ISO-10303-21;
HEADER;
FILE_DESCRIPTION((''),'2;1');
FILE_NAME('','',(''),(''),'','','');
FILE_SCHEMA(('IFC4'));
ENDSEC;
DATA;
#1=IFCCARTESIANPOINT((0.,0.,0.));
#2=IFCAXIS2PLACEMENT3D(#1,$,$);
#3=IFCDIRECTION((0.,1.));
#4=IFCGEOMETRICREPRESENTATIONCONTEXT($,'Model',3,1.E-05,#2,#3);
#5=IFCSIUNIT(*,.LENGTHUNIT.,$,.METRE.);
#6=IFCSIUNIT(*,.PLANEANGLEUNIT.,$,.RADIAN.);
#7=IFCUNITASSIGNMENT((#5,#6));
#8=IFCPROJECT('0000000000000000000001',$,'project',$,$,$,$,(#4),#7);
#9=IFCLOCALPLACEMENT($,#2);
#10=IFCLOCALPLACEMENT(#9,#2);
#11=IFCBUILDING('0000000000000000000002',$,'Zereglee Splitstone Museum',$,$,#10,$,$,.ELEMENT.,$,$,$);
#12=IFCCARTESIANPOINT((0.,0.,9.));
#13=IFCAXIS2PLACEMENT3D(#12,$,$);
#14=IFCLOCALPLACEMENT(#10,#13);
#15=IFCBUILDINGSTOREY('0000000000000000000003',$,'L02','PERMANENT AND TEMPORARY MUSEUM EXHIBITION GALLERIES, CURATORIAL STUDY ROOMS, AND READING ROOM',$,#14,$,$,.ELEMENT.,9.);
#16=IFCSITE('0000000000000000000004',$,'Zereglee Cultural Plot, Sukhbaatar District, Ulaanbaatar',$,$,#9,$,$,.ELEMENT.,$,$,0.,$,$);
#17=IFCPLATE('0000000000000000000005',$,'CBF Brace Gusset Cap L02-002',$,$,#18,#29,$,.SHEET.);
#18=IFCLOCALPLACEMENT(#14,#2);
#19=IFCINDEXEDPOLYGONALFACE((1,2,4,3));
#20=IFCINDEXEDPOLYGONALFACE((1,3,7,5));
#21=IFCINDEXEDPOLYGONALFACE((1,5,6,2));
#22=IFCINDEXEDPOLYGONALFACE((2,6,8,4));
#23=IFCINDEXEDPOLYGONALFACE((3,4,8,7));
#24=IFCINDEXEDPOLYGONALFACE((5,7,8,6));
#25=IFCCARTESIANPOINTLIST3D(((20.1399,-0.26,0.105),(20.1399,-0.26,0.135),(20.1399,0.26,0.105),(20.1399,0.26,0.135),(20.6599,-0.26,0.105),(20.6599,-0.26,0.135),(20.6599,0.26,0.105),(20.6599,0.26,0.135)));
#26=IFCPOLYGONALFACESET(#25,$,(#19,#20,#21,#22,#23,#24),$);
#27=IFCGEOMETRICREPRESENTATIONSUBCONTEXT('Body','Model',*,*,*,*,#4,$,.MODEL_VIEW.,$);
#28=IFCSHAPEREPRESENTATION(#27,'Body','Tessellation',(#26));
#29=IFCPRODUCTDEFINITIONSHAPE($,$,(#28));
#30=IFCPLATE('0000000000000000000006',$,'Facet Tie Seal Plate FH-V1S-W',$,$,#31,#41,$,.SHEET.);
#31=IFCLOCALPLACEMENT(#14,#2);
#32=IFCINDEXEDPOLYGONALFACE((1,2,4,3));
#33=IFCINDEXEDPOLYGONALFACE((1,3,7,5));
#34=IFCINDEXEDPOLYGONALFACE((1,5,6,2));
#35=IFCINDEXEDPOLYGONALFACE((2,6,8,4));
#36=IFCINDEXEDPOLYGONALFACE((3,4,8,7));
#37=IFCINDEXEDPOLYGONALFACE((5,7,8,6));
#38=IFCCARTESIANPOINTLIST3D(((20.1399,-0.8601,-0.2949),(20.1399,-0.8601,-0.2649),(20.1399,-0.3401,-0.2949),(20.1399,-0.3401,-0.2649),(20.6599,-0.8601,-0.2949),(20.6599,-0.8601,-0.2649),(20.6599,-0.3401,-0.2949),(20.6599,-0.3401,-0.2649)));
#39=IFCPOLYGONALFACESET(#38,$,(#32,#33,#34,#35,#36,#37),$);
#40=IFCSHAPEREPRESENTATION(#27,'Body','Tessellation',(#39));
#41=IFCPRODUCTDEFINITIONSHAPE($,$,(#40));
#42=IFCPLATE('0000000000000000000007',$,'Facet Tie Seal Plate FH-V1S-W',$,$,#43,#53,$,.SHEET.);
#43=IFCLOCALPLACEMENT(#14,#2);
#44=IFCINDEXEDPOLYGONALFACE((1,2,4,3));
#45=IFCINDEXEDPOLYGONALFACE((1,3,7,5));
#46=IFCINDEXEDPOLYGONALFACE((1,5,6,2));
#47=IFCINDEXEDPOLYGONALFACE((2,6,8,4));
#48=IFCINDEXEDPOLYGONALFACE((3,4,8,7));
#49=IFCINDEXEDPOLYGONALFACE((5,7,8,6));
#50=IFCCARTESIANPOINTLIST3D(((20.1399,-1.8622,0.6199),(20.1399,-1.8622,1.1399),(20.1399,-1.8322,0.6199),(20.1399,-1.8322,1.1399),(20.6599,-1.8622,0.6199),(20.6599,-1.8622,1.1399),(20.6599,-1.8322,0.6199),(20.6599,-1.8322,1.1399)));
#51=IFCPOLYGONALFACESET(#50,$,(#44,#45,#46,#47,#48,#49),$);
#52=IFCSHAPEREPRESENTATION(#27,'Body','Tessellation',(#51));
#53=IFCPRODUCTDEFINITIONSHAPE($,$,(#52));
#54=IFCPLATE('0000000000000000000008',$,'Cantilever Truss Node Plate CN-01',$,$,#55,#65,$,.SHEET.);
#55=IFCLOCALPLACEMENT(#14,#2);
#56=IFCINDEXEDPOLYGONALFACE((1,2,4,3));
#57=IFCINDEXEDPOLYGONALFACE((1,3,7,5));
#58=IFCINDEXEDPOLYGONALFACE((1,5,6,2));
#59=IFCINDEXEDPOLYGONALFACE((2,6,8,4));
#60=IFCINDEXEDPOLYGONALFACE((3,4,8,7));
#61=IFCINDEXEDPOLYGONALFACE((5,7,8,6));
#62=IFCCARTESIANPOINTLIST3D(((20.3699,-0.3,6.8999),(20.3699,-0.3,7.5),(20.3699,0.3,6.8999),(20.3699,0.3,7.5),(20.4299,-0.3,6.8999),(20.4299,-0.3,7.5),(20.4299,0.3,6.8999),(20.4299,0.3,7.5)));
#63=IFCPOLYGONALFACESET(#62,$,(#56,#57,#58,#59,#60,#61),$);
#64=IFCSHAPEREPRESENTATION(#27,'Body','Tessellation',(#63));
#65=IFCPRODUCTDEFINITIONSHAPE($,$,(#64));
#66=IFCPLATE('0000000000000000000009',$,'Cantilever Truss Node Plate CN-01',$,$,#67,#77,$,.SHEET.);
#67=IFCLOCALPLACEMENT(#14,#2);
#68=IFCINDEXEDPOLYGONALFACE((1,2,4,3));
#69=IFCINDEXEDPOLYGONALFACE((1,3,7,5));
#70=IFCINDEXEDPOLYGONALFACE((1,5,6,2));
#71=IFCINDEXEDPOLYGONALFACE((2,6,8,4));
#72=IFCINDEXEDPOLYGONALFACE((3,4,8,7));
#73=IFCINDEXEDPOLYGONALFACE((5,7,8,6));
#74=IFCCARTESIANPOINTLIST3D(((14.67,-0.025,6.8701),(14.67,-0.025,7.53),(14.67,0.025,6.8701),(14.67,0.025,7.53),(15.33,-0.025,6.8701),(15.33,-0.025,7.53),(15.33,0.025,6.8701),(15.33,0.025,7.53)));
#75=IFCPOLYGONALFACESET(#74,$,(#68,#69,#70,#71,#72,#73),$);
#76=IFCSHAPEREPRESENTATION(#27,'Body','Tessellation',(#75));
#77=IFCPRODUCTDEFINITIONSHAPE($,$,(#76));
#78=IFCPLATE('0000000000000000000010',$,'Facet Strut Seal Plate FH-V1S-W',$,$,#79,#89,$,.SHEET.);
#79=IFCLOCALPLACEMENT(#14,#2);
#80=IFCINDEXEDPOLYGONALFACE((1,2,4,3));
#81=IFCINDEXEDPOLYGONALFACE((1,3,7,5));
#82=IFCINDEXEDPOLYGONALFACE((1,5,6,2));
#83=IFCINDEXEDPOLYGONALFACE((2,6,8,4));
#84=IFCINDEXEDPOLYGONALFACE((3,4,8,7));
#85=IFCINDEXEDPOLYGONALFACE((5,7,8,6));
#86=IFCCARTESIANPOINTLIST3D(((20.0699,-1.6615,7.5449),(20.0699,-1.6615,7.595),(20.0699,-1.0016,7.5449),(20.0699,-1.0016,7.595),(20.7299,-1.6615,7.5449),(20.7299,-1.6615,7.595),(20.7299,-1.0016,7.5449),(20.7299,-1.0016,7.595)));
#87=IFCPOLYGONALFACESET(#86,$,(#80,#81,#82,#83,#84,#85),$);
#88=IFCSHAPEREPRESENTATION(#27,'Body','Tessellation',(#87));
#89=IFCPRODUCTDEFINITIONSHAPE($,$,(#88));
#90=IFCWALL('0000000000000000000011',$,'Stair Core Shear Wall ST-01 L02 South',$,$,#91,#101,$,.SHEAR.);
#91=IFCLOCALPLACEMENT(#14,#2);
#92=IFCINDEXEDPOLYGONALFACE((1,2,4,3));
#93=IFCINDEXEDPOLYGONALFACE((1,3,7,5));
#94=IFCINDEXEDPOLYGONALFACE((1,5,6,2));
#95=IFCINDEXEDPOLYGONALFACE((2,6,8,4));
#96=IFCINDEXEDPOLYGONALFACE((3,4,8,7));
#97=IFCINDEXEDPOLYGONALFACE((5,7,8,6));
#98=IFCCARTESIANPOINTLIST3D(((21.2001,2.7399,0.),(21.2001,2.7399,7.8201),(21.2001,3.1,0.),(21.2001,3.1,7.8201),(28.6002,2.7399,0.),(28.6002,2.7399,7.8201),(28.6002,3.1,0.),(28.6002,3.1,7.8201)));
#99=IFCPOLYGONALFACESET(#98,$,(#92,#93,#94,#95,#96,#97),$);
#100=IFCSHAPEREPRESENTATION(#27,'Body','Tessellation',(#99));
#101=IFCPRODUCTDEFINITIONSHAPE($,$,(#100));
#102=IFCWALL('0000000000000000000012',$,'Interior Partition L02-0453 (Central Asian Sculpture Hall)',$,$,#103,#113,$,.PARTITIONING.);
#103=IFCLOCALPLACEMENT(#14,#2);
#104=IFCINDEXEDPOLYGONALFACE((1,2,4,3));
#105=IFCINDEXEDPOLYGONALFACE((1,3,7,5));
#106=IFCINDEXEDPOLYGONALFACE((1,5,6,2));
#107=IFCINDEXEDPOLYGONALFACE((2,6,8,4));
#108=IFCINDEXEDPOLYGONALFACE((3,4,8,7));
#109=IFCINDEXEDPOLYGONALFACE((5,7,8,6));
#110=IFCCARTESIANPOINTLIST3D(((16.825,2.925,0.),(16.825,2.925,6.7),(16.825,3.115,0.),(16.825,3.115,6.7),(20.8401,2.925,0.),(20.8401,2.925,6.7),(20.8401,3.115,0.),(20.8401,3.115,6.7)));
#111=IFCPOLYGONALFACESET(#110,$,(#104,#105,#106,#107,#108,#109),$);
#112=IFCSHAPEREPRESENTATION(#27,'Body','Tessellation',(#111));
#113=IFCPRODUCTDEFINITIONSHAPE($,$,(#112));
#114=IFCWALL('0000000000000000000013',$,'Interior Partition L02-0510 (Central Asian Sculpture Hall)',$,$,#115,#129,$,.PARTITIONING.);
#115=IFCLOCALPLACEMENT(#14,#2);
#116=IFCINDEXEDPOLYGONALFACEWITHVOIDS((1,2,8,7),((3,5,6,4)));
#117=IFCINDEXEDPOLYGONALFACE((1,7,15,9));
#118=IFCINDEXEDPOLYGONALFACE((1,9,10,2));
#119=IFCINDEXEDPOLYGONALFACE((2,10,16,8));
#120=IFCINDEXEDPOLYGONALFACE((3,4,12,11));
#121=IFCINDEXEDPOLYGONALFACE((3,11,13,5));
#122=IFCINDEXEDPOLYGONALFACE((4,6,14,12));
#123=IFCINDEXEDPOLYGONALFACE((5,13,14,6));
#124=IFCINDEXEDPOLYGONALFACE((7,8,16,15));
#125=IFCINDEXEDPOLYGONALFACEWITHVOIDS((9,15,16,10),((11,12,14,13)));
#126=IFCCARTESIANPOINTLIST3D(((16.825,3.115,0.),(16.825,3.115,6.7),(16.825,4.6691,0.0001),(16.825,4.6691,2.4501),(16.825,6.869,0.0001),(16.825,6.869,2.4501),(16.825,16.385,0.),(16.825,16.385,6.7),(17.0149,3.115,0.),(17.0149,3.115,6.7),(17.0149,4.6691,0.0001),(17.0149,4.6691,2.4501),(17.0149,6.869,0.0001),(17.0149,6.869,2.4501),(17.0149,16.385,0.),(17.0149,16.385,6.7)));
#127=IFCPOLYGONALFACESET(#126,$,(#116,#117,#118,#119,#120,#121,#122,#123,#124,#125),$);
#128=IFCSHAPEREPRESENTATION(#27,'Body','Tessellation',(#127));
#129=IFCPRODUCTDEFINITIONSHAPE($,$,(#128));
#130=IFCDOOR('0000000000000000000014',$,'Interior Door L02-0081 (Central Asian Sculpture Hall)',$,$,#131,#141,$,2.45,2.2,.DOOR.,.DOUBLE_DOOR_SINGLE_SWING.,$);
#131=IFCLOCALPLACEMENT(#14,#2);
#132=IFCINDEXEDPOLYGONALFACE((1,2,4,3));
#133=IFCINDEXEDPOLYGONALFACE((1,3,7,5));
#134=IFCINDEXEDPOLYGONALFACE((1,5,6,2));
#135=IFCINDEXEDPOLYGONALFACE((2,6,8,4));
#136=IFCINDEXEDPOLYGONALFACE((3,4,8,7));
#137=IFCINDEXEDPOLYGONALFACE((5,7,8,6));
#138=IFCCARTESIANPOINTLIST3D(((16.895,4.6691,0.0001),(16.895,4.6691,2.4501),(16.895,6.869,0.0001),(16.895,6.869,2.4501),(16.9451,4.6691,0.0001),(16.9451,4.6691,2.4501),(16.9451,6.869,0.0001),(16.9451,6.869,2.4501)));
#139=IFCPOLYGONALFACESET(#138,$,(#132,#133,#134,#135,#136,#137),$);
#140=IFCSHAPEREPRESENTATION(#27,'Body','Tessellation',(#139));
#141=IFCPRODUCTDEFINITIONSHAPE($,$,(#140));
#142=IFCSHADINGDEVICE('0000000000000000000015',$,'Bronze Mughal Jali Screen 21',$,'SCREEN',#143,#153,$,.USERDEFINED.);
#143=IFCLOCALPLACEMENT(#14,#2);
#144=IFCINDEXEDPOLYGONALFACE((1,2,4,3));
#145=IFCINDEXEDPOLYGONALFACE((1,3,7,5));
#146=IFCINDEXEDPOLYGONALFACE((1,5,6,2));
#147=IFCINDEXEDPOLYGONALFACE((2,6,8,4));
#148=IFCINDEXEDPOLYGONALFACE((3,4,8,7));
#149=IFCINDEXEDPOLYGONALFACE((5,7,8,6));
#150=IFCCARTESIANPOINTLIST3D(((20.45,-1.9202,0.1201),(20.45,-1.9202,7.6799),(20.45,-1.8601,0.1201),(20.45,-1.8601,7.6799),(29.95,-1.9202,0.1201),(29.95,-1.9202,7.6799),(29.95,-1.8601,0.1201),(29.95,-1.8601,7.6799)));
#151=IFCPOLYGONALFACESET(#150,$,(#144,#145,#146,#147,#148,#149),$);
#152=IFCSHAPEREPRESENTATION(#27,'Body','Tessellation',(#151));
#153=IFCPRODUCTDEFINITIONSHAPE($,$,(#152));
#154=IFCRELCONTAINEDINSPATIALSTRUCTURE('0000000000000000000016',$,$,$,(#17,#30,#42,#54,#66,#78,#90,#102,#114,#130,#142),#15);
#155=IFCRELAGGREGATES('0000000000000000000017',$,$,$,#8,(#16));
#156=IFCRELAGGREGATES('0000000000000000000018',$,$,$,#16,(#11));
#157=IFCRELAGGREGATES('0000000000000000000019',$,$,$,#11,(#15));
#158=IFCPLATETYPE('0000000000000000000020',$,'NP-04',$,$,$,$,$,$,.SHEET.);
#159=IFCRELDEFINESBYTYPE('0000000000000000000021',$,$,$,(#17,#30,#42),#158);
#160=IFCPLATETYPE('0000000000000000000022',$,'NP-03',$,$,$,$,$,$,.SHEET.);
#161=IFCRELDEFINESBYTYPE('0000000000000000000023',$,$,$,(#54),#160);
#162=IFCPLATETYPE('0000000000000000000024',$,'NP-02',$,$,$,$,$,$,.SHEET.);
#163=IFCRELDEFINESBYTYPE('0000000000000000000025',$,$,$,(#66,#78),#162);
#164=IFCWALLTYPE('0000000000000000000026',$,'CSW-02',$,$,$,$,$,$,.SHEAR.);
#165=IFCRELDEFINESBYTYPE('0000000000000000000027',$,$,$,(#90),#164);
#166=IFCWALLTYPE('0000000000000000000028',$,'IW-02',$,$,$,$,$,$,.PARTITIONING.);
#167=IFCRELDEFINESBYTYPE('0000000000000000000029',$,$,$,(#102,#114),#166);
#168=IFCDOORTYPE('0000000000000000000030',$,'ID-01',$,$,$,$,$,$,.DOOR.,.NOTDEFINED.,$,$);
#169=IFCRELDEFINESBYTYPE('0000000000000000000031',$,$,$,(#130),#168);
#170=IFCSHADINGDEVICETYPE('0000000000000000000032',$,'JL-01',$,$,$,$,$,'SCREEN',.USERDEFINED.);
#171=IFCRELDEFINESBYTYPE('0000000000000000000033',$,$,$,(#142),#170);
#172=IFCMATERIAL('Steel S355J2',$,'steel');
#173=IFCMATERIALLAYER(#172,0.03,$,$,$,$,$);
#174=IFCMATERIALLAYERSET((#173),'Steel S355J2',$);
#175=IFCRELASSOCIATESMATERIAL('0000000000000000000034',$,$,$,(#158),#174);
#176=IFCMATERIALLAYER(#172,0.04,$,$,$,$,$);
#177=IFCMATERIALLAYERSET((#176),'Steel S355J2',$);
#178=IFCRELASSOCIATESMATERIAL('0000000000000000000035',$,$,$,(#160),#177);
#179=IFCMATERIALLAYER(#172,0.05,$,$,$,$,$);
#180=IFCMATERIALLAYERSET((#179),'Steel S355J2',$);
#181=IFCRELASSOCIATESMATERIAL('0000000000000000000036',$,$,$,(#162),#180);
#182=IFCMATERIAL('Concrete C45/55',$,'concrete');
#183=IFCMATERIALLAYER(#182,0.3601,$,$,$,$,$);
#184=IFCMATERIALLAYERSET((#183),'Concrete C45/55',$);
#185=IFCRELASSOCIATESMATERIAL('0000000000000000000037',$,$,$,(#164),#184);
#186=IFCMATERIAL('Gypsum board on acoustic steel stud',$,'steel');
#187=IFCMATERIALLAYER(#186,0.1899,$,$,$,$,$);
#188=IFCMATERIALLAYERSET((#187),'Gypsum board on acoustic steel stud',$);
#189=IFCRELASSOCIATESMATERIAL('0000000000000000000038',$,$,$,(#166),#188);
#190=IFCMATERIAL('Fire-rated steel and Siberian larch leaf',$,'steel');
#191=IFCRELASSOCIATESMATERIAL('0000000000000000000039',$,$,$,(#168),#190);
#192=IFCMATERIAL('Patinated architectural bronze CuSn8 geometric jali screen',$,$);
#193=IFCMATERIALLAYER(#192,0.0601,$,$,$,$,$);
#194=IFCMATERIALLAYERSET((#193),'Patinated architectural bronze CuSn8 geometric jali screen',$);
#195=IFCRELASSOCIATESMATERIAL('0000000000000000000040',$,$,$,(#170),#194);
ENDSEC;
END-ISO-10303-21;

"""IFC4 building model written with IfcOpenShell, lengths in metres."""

from ifc_helpers import new_model, si_unit, direction, frame, frame_2d, origin, origin_2d, place, context, subcontext, project, spatial, polyline, rectangle, outline, extrude, material, layer, layer_set, type_object, element, fill, save


model = new_model("IFC4")

# Units and contexts
model_context = context("Model", 3, precision=1e-05, world=origin(), true_north=direction((0.0, 1.0)))
body_context = subcontext(model_context, "Body", "Model", "MODEL_VIEW")
ifc_project = project(units=[si_unit("LENGTHUNIT", "METRE"), si_unit("PLANEANGLEUNIT", "RADIAN")], contexts=[model_context])

# Site, building, storey
site_placement = place(None, origin())
site = spatial("IfcSite", under=ifc_project, at=site_placement, Name="Zereglee Cultural Plot, Sukhbaatar District, Ulaanbaatar", CompositionType="ELEMENT", RefElevation=0.0)
building_placement = place(site_placement, origin())
building = spatial("IfcBuilding", under=site, at=building_placement, Name="Zereglee Splitstone Museum", CompositionType="ELEMENT")
storey_placement = place(building_placement, frame((0.0, 0.0, 9.0)))
storey = spatial("IfcBuildingStorey", under=building, at=storey_placement, Name="L02", Description="PERMANENT AND TEMPORARY MUSEUM EXHIBITION GALLERIES, CURATORIAL STUDY ROOMS, AND READING ROOM", CompositionType="ELEMENT", Elevation=9.0)

# Shared definitions
ifc_material_1 = material(Name="Steel S355J2", Category="steel")

# Plates
ifc_layer_1 = layer(ifc_material_1, 0.03)
ifc_layer_set_1 = layer_set([ifc_layer_1], Name="Steel S355J2")
plate_type_1 = type_object("IfcPlateType", Name="NP-04", PredefinedType="SHEET", material=ifc_layer_set_1)
for number, where, z_axis, x_axis, name in (
    (1, (20.3999, 0.0, 0.105), (0.0, 0.0, 1.0), (1.0, 0.0, 0.0), "CBF Brace Gusset Cap L02-002"),
    (2, (20.3999, -0.6001, -0.2949), (0.0, 0.0, 1.0), (1.0, 0.0, 0.0), "Facet Tie Seal Plate FH-V1S-W"),
):
    element("IfcPlate", number, at=place(storey_placement, frame(where, z_axis=z_axis, x_axis=x_axis)), inside=storey, type_object=plate_type_1, Name=name, PredefinedType="SHEET", context=body_context, shape_type="SweptSolid", body=[
        extrude(rectangle(XDim=0.52, YDim=0.52, at=origin_2d()), origin(), (0.0, 0.0, 1.0), 0.03),
    ])
plate_1_placement = place(storey_placement, frame((20.3999, -1.8472, 0.6199), z_axis=(0.0, 0.0, 1.0), x_axis=(1.0, 0.0, 0.0)))
element("IfcPlate", 3, at=plate_1_placement, inside=storey, type_object=plate_type_1, Name="Facet Tie Seal Plate FH-V1S-W", PredefinedType="SHEET", context=body_context, shape_type="SweptSolid", body=[
    extrude(rectangle(XDim=0.52, YDim=0.03, at=origin_2d()), origin(), (0.0, 0.0, 1.0), 0.52),
])
ifc_layer_2 = layer(ifc_material_1, 0.04)
ifc_layer_set_2 = layer_set([ifc_layer_2], Name="Steel S355J2")
plate_type_2 = type_object("IfcPlateType", Name="NP-03", PredefinedType="SHEET", material=ifc_layer_set_2)
plate_2_placement = place(storey_placement, frame((20.3999, 0.0, 6.8999), z_axis=(0.0, 0.0, 1.0), x_axis=(1.0, 0.0, 0.0)))
element("IfcPlate", 4, at=plate_2_placement, inside=storey, type_object=plate_type_2, Name="Cantilever Truss Node Plate CN-01", PredefinedType="SHEET", context=body_context, shape_type="SweptSolid", body=[
    extrude(rectangle(XDim=0.0601, YDim=0.6001, at=origin_2d()), origin(), (0.0, 0.0, 1.0), 0.6001),
])
ifc_layer_3 = layer(ifc_material_1, 0.05)
ifc_layer_set_3 = layer_set([ifc_layer_3], Name="Steel S355J2")
plate_type_3 = type_object("IfcPlateType", Name="NP-02", PredefinedType="SHEET", material=ifc_layer_set_3)
plate_3_placement = place(storey_placement, frame((15.0, 0.0, 6.8701), z_axis=(0.0, 0.0, 1.0), x_axis=(1.0, 0.0, 0.0)))
element("IfcPlate", 5, at=plate_3_placement, inside=storey, type_object=plate_type_3, Name="Cantilever Truss Node Plate CN-01", PredefinedType="SHEET", context=body_context, shape_type="SweptSolid", body=[
    extrude(rectangle(XDim=0.6599, YDim=0.05, at=origin_2d()), origin(), (0.0, 0.0, 1.0), 0.6599),
])
plate_4_placement = place(storey_placement, frame((20.3999, -1.3315, 7.5449), z_axis=(0.0, 0.0, 1.0), x_axis=(1.0, 0.0, 0.0)))
element("IfcPlate", 6, at=plate_4_placement, inside=storey, type_object=plate_type_3, Name="Facet Strut Seal Plate FH-V1S-W", PredefinedType="SHEET", context=body_context, shape_type="SweptSolid", body=[
    extrude(rectangle(XDim=0.6599, YDim=0.6599, at=origin_2d()), origin(), (0.0, 0.0, 1.0), 0.05),
])

# Shared definitions
ifc_material_2 = material(Name="Concrete C45/55", Category="concrete")
ifc_layer_4 = layer(ifc_material_2, 0.3601)
ifc_layer_set_4 = layer_set([ifc_layer_4], Name="Concrete C45/55")
wall_type_1 = type_object("IfcWallType", Name="CSW-02", PredefinedType="SHEAR", material=ifc_layer_set_4)
ifc_material_3 = material(Name="Fire-rated steel and Siberian larch leaf", Category="steel")

# Walls
wall_1_placement = place(storey_placement, frame((21.2, 2.9199, 0.0), z_axis=(0.0, 0.0, 1.0), x_axis=(1.0, 0.0, 0.0)))
element("IfcWall", 7, at=wall_1_placement, inside=storey, type_object=wall_type_1, Name="Stair Core Shear Wall ST-01 L02 South", PredefinedType="SHEAR", context=body_context, shape_type="SweptSolid", body=[
    extrude(rectangle(XDim=7.4001, YDim=0.3601, at=frame_2d((3.7002, 0.0))), origin(), (0.0, 0.0, 1.0), 7.8201),
])
ifc_material_4 = material(Name="Gypsum board on acoustic steel stud", Category="steel")
ifc_layer_5 = layer(ifc_material_4, 0.1899)
ifc_layer_set_5 = layer_set([ifc_layer_5], Name="Gypsum board on acoustic steel stud")
wall_type_2 = type_object("IfcWallType", Name="IW-02", PredefinedType="PARTITIONING", material=ifc_layer_set_5)
wall_2_placement = place(storey_placement, frame((16.825, 3.02, 0.0), z_axis=(0.0, 0.0, 1.0), x_axis=(1.0, 0.0, 0.0)))
element("IfcWall", 8, at=wall_2_placement, inside=storey, type_object=wall_type_2, Name="Interior Partition L02-0453 (Central Asian Sculpture Hall)", PredefinedType="PARTITIONING", context=body_context, shape_type="SweptSolid", body=[
    extrude(rectangle(XDim=4.0151, YDim=0.1899, at=frame_2d((2.0076, 0.0))), origin(), (0.0, 0.0, 1.0), 6.7),
])

# Wall, opening, door
wall_3_placement = place(storey_placement, frame((16.9199, 3.115, 0.0), z_axis=(0.0, 0.0, 1.0), x_axis=(0.0, 1.0, 0.0)))
wall_3 = element("IfcWall", 9, at=wall_3_placement, inside=storey, type_object=wall_type_2, Name="Interior Partition L02-0510 (Central Asian Sculpture Hall)", PredefinedType="PARTITIONING", context=body_context, shape_type="SweptSolid", body=[
    extrude(rectangle(XDim=13.27, YDim=0.1899, at=frame_2d((6.635, 0.0))), origin(), (0.0, 0.0, 1.0), 6.7),
])
opening_1_placement = place(wall_3_placement, frame((1.554, 0.0, 0.0)))
opening_1 = element("IfcOpeningElement", 10, at=opening_1_placement, cuts=wall_3, PredefinedType="OPENING", context=body_context, shape_type="SweptSolid", body=[
    extrude(rectangle(XDim=2.2, YDim=2.45, at=frame_2d((1.1001, 1.2251))), frame((0.0, 0.1099, 0.0), z_axis=(0.0, -1.0, 0.0), x_axis=(1.0, 0.0, 0.0)), (0.0, 0.0, 1.0), 0.2197),
])
door_type_1 = type_object("IfcDoorType", Name="ID-01", OperationType="NOTDEFINED", PredefinedType="DOOR", material=ifc_material_3)
door_1_placement = place(opening_1_placement, origin())
door_1 = element("IfcDoor", 11, at=door_1_placement, inside=storey, type_object=door_type_1, Name="Interior Door L02-0081 (Central Asian Sculpture Hall)", OperationType="DOUBLE_DOOR_SINGLE_SWING", OverallHeight=2.45, OverallWidth=2.2, PredefinedType="DOOR", context=body_context, shape_type="SweptSolid", body=[
    extrude(rectangle(XDim=2.2, YDim=2.45, at=frame_2d((1.1001, 1.2251))), frame((0.0, 0.0249, 0.0), z_axis=(0.0, -1.0, 0.0), x_axis=(1.0, 0.0, 0.0)), (0.0, 0.0, 1.0), 0.05),
])
fill(opening_1, door_1)

# Shading device
ifc_material_5 = material(Name="Patinated architectural bronze CuSn8 geometric jali screen")
ifc_layer_6 = layer(ifc_material_5, 0.0601)
ifc_layer_set_6 = layer_set([ifc_layer_6], Name="Patinated architectural bronze CuSn8 geometric jali screen")
shading_device_type = type_object("IfcShadingDeviceType", Name="JL-01", ElementType="SCREEN", PredefinedType="USERDEFINED", material=ifc_layer_set_6)
shading_device_placement = place(storey_placement, frame((20.45, -1.8601, 0.1201), z_axis=(0.0, -1.0, 0.0), x_axis=(1.0, 0.0, 0.0)))
element("IfcShadingDevice", 12, at=shading_device_placement, inside=storey, type_object=shading_device_type, Name="Bronze Mughal Jali Screen 21", ObjectType="SCREEN", PredefinedType="USERDEFINED", context=body_context, shape_type="SweptSolid", body=[
    extrude(outline(polyline([(0.0, 0.0), (9.5, 0.0), (9.5, 7.5598), (0.0, 7.5598), (0.0, 0.0)])), origin(), (0.0, 0.0, 1.0), 0.0601),
])

save(model, "model.ifc")
